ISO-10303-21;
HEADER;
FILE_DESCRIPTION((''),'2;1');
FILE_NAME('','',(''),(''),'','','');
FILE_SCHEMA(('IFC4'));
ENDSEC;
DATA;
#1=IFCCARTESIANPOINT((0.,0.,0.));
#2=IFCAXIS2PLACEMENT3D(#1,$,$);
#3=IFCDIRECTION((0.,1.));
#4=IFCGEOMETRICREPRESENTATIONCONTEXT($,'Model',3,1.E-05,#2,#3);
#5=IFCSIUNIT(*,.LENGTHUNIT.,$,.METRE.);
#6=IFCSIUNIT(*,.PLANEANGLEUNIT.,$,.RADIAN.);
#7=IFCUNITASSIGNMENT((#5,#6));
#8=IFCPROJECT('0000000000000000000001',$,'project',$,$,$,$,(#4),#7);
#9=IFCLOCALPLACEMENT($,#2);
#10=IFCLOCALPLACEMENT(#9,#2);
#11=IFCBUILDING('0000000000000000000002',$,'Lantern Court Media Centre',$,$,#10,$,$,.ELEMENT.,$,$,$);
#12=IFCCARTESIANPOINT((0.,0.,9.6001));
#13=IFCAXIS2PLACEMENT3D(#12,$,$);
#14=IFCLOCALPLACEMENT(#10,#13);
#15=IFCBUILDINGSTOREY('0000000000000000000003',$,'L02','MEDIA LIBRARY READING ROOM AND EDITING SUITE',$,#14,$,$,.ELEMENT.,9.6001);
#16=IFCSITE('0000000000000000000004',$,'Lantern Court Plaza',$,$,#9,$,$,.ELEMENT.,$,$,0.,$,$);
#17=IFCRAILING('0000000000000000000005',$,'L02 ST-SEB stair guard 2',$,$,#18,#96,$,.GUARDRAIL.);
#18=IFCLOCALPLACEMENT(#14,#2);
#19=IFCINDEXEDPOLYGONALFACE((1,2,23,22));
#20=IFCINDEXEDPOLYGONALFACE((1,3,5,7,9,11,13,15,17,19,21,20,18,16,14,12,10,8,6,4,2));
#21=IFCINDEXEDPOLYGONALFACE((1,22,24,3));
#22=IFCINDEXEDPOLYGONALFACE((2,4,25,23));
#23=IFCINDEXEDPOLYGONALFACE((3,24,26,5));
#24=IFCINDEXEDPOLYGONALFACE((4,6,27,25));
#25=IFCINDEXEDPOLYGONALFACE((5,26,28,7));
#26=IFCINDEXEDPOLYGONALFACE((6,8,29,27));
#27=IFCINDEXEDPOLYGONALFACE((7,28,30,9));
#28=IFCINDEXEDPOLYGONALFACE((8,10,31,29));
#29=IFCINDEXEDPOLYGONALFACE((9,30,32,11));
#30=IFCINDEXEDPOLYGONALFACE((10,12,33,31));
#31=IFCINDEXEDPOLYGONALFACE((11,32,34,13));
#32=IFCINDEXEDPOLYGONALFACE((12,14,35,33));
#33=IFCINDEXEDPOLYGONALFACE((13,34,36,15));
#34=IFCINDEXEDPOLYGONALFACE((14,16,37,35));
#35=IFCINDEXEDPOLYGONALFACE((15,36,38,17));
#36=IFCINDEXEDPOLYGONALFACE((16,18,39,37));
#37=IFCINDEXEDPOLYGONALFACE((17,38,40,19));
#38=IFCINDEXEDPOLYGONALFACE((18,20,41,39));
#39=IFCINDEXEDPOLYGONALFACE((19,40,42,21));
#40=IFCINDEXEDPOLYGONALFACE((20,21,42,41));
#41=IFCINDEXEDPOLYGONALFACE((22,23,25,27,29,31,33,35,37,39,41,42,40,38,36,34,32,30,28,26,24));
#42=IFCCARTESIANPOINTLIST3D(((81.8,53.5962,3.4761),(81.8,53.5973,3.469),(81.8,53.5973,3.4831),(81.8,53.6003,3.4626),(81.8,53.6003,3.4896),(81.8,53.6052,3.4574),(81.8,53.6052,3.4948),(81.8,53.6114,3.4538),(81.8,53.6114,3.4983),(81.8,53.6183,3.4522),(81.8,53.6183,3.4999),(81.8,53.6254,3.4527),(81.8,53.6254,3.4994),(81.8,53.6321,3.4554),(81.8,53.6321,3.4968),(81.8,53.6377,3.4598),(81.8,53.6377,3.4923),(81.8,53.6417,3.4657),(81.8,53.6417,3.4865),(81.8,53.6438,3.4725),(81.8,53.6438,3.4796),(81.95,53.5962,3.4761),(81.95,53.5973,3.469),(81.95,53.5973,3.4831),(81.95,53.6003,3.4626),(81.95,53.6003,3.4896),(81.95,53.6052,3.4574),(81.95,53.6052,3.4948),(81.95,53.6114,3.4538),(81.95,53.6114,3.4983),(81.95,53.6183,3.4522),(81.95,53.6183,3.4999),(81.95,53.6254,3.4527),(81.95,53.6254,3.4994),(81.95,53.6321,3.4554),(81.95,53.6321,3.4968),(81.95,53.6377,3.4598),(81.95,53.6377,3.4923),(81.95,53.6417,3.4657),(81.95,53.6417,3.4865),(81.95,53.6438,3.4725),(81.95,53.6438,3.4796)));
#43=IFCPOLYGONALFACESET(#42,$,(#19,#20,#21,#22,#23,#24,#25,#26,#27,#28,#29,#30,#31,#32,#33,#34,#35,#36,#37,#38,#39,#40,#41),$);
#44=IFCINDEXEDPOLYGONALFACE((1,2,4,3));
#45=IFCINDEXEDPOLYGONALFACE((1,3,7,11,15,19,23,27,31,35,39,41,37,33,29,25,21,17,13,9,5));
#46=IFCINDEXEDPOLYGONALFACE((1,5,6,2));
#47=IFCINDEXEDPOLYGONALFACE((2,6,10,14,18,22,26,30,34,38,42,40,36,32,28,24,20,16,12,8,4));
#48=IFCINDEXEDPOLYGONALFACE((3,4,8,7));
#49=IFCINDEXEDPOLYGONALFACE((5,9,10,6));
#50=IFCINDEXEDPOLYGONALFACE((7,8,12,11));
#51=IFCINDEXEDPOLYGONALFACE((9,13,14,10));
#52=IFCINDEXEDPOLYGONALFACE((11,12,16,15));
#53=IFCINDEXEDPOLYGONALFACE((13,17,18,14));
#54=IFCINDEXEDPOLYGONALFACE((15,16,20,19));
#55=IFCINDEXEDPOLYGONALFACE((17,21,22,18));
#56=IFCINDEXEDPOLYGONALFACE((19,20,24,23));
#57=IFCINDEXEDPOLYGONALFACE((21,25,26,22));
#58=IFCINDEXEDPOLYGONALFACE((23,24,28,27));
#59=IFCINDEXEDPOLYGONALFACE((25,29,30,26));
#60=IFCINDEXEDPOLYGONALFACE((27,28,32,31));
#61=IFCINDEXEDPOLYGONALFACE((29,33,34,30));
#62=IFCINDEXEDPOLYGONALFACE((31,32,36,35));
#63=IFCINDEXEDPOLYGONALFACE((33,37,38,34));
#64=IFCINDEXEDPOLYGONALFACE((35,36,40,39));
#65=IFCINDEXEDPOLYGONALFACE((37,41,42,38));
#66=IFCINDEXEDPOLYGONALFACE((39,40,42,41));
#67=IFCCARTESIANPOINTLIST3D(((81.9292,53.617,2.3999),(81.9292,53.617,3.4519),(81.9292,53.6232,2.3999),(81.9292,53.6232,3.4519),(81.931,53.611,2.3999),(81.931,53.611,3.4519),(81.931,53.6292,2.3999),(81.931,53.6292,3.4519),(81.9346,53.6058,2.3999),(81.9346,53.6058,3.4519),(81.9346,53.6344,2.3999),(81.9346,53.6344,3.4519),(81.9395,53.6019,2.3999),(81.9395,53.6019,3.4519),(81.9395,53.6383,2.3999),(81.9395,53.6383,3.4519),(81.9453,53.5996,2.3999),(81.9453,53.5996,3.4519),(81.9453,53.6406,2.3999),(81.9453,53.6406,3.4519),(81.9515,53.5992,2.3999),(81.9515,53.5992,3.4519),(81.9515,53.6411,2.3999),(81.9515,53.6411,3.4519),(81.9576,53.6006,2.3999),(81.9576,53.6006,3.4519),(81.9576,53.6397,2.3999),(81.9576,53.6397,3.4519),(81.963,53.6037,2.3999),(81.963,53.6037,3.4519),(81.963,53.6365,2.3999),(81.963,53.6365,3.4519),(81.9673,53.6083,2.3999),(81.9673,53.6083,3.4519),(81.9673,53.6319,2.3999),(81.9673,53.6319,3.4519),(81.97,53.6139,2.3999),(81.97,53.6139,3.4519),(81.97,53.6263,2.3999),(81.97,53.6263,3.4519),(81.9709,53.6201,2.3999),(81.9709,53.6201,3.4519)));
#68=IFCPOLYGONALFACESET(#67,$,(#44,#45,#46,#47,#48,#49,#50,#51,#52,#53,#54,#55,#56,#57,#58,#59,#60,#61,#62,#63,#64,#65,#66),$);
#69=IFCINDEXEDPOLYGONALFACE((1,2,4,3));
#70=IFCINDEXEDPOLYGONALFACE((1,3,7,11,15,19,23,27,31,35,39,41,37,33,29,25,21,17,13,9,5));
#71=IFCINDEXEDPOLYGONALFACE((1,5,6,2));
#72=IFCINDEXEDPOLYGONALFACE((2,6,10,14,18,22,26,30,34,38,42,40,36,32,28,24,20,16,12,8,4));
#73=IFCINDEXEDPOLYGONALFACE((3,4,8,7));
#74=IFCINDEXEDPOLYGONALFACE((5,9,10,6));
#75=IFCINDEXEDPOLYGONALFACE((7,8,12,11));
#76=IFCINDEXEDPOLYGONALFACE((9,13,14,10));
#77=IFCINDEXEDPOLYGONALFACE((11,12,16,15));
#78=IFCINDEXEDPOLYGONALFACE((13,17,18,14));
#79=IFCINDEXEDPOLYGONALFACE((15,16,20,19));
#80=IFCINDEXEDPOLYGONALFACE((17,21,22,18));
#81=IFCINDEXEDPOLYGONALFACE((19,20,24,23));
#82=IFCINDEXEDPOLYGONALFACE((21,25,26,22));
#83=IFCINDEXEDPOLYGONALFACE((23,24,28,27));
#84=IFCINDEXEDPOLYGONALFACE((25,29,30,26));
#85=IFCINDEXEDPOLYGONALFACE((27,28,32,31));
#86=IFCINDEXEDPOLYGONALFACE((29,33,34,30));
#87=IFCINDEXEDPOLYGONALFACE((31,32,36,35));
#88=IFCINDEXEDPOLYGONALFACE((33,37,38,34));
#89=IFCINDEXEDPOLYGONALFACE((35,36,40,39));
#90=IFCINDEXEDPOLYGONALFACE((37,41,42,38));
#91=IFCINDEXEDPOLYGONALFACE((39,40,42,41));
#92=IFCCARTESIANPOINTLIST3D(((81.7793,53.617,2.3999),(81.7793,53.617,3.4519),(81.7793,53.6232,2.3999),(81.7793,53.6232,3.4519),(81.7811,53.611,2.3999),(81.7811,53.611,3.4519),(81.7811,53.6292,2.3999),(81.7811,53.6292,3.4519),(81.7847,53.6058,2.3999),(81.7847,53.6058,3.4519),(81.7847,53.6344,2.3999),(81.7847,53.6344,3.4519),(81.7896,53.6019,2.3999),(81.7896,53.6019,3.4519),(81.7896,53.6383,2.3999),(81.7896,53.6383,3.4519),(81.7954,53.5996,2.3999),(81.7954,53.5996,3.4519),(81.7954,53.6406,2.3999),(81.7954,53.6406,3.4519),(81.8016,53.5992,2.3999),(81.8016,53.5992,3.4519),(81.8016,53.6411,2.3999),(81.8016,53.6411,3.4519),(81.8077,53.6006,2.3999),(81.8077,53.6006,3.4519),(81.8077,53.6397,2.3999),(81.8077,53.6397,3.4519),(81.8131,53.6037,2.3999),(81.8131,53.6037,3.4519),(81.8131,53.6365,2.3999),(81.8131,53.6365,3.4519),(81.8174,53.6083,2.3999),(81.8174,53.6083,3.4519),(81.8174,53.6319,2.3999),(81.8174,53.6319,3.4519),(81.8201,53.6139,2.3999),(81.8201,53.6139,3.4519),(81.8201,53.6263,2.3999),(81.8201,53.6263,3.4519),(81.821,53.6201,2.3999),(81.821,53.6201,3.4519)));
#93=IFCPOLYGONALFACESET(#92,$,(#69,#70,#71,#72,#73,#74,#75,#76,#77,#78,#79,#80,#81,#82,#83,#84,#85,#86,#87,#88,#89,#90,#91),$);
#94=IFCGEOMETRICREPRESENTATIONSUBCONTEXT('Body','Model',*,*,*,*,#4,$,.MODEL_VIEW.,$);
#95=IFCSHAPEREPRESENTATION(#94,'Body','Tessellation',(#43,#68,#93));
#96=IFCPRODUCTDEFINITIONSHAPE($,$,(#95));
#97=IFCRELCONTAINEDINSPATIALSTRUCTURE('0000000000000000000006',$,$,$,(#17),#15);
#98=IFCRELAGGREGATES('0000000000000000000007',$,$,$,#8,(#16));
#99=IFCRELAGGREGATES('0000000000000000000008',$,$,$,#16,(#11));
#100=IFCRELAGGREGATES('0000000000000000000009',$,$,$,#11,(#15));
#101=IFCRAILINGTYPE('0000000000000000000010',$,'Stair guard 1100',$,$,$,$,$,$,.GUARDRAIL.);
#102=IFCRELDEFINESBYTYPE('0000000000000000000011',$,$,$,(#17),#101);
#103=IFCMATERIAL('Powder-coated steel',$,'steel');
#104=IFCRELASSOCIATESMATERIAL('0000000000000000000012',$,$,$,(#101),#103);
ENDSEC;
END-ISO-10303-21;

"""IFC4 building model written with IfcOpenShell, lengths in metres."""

from ifc_helpers import new_model, si_unit, direction, frame, origin, origin_2d, place, context, subcontext, project, spatial, circle, extrude, material, type_object, element, save


model = new_model("IFC4")

# Units and contexts
model_context = context("Model", 3, precision=1e-05, world=origin(), true_north=direction((0.0, 1.0)))
body_context = subcontext(model_context, "Body", "Model", "MODEL_VIEW")
ifc_project = project(units=[si_unit("LENGTHUNIT", "METRE"), si_unit("PLANEANGLEUNIT", "RADIAN")], contexts=[model_context])

# Site, building, storey
site_placement = place(None, origin())
site = spatial("IfcSite", under=ifc_project, at=site_placement, Name="Lantern Court Plaza", CompositionType="ELEMENT", RefElevation=0.0)
building_placement = place(site_placement, origin())
building = spatial("IfcBuilding", under=site, at=building_placement, Name="Lantern Court Media Centre", CompositionType="ELEMENT")
storey_placement = place(building_placement, frame((0.0, 0.0, 9.6001)))
storey = spatial("IfcBuildingStorey", under=building, at=storey_placement, Name="L02", Description="MEDIA LIBRARY READING ROOM AND EDITING SUITE", CompositionType="ELEMENT", Elevation=9.6001)

# Shared definitions
ifc_material_1 = material(Name="Powder-coated steel", Category="steel")

# Railing
railing_type_1 = type_object("IfcRailingType", Name="Stair guard 1100", PredefinedType="GUARDRAIL", material=ifc_material_1)
railing_1_placement = place(storey_placement, frame((81.95, 53.6201, 2.3999)))
element("IfcRailing", 1, at=railing_1_placement, inside=storey, type_object=railing_type_1, Name="L02 ST-SEB stair guard 2", PredefinedType="GUARDRAIL", context=body_context, shape_type="SweptSolid", body=[
    extrude(circle(Radius=0.0239, at=origin_2d()), frame((0.0, 0.0, 1.0762), z_axis=(-1.0, 0.0, 0.0), x_axis=(0.0, -1.0, 0.0)), (0.0, 0.0, 1.0), 0.1499),
    extrude(circle(Radius=0.021, at=origin_2d()), origin(), (0.0, 0.0, 1.0), 1.052),
    extrude(circle(Radius=0.021, at=origin_2d()), frame((-0.1499, 0.0, 0.0)), (0.0, 0.0, 1.0), 1.052),
])

save(model, "model.ifc")
